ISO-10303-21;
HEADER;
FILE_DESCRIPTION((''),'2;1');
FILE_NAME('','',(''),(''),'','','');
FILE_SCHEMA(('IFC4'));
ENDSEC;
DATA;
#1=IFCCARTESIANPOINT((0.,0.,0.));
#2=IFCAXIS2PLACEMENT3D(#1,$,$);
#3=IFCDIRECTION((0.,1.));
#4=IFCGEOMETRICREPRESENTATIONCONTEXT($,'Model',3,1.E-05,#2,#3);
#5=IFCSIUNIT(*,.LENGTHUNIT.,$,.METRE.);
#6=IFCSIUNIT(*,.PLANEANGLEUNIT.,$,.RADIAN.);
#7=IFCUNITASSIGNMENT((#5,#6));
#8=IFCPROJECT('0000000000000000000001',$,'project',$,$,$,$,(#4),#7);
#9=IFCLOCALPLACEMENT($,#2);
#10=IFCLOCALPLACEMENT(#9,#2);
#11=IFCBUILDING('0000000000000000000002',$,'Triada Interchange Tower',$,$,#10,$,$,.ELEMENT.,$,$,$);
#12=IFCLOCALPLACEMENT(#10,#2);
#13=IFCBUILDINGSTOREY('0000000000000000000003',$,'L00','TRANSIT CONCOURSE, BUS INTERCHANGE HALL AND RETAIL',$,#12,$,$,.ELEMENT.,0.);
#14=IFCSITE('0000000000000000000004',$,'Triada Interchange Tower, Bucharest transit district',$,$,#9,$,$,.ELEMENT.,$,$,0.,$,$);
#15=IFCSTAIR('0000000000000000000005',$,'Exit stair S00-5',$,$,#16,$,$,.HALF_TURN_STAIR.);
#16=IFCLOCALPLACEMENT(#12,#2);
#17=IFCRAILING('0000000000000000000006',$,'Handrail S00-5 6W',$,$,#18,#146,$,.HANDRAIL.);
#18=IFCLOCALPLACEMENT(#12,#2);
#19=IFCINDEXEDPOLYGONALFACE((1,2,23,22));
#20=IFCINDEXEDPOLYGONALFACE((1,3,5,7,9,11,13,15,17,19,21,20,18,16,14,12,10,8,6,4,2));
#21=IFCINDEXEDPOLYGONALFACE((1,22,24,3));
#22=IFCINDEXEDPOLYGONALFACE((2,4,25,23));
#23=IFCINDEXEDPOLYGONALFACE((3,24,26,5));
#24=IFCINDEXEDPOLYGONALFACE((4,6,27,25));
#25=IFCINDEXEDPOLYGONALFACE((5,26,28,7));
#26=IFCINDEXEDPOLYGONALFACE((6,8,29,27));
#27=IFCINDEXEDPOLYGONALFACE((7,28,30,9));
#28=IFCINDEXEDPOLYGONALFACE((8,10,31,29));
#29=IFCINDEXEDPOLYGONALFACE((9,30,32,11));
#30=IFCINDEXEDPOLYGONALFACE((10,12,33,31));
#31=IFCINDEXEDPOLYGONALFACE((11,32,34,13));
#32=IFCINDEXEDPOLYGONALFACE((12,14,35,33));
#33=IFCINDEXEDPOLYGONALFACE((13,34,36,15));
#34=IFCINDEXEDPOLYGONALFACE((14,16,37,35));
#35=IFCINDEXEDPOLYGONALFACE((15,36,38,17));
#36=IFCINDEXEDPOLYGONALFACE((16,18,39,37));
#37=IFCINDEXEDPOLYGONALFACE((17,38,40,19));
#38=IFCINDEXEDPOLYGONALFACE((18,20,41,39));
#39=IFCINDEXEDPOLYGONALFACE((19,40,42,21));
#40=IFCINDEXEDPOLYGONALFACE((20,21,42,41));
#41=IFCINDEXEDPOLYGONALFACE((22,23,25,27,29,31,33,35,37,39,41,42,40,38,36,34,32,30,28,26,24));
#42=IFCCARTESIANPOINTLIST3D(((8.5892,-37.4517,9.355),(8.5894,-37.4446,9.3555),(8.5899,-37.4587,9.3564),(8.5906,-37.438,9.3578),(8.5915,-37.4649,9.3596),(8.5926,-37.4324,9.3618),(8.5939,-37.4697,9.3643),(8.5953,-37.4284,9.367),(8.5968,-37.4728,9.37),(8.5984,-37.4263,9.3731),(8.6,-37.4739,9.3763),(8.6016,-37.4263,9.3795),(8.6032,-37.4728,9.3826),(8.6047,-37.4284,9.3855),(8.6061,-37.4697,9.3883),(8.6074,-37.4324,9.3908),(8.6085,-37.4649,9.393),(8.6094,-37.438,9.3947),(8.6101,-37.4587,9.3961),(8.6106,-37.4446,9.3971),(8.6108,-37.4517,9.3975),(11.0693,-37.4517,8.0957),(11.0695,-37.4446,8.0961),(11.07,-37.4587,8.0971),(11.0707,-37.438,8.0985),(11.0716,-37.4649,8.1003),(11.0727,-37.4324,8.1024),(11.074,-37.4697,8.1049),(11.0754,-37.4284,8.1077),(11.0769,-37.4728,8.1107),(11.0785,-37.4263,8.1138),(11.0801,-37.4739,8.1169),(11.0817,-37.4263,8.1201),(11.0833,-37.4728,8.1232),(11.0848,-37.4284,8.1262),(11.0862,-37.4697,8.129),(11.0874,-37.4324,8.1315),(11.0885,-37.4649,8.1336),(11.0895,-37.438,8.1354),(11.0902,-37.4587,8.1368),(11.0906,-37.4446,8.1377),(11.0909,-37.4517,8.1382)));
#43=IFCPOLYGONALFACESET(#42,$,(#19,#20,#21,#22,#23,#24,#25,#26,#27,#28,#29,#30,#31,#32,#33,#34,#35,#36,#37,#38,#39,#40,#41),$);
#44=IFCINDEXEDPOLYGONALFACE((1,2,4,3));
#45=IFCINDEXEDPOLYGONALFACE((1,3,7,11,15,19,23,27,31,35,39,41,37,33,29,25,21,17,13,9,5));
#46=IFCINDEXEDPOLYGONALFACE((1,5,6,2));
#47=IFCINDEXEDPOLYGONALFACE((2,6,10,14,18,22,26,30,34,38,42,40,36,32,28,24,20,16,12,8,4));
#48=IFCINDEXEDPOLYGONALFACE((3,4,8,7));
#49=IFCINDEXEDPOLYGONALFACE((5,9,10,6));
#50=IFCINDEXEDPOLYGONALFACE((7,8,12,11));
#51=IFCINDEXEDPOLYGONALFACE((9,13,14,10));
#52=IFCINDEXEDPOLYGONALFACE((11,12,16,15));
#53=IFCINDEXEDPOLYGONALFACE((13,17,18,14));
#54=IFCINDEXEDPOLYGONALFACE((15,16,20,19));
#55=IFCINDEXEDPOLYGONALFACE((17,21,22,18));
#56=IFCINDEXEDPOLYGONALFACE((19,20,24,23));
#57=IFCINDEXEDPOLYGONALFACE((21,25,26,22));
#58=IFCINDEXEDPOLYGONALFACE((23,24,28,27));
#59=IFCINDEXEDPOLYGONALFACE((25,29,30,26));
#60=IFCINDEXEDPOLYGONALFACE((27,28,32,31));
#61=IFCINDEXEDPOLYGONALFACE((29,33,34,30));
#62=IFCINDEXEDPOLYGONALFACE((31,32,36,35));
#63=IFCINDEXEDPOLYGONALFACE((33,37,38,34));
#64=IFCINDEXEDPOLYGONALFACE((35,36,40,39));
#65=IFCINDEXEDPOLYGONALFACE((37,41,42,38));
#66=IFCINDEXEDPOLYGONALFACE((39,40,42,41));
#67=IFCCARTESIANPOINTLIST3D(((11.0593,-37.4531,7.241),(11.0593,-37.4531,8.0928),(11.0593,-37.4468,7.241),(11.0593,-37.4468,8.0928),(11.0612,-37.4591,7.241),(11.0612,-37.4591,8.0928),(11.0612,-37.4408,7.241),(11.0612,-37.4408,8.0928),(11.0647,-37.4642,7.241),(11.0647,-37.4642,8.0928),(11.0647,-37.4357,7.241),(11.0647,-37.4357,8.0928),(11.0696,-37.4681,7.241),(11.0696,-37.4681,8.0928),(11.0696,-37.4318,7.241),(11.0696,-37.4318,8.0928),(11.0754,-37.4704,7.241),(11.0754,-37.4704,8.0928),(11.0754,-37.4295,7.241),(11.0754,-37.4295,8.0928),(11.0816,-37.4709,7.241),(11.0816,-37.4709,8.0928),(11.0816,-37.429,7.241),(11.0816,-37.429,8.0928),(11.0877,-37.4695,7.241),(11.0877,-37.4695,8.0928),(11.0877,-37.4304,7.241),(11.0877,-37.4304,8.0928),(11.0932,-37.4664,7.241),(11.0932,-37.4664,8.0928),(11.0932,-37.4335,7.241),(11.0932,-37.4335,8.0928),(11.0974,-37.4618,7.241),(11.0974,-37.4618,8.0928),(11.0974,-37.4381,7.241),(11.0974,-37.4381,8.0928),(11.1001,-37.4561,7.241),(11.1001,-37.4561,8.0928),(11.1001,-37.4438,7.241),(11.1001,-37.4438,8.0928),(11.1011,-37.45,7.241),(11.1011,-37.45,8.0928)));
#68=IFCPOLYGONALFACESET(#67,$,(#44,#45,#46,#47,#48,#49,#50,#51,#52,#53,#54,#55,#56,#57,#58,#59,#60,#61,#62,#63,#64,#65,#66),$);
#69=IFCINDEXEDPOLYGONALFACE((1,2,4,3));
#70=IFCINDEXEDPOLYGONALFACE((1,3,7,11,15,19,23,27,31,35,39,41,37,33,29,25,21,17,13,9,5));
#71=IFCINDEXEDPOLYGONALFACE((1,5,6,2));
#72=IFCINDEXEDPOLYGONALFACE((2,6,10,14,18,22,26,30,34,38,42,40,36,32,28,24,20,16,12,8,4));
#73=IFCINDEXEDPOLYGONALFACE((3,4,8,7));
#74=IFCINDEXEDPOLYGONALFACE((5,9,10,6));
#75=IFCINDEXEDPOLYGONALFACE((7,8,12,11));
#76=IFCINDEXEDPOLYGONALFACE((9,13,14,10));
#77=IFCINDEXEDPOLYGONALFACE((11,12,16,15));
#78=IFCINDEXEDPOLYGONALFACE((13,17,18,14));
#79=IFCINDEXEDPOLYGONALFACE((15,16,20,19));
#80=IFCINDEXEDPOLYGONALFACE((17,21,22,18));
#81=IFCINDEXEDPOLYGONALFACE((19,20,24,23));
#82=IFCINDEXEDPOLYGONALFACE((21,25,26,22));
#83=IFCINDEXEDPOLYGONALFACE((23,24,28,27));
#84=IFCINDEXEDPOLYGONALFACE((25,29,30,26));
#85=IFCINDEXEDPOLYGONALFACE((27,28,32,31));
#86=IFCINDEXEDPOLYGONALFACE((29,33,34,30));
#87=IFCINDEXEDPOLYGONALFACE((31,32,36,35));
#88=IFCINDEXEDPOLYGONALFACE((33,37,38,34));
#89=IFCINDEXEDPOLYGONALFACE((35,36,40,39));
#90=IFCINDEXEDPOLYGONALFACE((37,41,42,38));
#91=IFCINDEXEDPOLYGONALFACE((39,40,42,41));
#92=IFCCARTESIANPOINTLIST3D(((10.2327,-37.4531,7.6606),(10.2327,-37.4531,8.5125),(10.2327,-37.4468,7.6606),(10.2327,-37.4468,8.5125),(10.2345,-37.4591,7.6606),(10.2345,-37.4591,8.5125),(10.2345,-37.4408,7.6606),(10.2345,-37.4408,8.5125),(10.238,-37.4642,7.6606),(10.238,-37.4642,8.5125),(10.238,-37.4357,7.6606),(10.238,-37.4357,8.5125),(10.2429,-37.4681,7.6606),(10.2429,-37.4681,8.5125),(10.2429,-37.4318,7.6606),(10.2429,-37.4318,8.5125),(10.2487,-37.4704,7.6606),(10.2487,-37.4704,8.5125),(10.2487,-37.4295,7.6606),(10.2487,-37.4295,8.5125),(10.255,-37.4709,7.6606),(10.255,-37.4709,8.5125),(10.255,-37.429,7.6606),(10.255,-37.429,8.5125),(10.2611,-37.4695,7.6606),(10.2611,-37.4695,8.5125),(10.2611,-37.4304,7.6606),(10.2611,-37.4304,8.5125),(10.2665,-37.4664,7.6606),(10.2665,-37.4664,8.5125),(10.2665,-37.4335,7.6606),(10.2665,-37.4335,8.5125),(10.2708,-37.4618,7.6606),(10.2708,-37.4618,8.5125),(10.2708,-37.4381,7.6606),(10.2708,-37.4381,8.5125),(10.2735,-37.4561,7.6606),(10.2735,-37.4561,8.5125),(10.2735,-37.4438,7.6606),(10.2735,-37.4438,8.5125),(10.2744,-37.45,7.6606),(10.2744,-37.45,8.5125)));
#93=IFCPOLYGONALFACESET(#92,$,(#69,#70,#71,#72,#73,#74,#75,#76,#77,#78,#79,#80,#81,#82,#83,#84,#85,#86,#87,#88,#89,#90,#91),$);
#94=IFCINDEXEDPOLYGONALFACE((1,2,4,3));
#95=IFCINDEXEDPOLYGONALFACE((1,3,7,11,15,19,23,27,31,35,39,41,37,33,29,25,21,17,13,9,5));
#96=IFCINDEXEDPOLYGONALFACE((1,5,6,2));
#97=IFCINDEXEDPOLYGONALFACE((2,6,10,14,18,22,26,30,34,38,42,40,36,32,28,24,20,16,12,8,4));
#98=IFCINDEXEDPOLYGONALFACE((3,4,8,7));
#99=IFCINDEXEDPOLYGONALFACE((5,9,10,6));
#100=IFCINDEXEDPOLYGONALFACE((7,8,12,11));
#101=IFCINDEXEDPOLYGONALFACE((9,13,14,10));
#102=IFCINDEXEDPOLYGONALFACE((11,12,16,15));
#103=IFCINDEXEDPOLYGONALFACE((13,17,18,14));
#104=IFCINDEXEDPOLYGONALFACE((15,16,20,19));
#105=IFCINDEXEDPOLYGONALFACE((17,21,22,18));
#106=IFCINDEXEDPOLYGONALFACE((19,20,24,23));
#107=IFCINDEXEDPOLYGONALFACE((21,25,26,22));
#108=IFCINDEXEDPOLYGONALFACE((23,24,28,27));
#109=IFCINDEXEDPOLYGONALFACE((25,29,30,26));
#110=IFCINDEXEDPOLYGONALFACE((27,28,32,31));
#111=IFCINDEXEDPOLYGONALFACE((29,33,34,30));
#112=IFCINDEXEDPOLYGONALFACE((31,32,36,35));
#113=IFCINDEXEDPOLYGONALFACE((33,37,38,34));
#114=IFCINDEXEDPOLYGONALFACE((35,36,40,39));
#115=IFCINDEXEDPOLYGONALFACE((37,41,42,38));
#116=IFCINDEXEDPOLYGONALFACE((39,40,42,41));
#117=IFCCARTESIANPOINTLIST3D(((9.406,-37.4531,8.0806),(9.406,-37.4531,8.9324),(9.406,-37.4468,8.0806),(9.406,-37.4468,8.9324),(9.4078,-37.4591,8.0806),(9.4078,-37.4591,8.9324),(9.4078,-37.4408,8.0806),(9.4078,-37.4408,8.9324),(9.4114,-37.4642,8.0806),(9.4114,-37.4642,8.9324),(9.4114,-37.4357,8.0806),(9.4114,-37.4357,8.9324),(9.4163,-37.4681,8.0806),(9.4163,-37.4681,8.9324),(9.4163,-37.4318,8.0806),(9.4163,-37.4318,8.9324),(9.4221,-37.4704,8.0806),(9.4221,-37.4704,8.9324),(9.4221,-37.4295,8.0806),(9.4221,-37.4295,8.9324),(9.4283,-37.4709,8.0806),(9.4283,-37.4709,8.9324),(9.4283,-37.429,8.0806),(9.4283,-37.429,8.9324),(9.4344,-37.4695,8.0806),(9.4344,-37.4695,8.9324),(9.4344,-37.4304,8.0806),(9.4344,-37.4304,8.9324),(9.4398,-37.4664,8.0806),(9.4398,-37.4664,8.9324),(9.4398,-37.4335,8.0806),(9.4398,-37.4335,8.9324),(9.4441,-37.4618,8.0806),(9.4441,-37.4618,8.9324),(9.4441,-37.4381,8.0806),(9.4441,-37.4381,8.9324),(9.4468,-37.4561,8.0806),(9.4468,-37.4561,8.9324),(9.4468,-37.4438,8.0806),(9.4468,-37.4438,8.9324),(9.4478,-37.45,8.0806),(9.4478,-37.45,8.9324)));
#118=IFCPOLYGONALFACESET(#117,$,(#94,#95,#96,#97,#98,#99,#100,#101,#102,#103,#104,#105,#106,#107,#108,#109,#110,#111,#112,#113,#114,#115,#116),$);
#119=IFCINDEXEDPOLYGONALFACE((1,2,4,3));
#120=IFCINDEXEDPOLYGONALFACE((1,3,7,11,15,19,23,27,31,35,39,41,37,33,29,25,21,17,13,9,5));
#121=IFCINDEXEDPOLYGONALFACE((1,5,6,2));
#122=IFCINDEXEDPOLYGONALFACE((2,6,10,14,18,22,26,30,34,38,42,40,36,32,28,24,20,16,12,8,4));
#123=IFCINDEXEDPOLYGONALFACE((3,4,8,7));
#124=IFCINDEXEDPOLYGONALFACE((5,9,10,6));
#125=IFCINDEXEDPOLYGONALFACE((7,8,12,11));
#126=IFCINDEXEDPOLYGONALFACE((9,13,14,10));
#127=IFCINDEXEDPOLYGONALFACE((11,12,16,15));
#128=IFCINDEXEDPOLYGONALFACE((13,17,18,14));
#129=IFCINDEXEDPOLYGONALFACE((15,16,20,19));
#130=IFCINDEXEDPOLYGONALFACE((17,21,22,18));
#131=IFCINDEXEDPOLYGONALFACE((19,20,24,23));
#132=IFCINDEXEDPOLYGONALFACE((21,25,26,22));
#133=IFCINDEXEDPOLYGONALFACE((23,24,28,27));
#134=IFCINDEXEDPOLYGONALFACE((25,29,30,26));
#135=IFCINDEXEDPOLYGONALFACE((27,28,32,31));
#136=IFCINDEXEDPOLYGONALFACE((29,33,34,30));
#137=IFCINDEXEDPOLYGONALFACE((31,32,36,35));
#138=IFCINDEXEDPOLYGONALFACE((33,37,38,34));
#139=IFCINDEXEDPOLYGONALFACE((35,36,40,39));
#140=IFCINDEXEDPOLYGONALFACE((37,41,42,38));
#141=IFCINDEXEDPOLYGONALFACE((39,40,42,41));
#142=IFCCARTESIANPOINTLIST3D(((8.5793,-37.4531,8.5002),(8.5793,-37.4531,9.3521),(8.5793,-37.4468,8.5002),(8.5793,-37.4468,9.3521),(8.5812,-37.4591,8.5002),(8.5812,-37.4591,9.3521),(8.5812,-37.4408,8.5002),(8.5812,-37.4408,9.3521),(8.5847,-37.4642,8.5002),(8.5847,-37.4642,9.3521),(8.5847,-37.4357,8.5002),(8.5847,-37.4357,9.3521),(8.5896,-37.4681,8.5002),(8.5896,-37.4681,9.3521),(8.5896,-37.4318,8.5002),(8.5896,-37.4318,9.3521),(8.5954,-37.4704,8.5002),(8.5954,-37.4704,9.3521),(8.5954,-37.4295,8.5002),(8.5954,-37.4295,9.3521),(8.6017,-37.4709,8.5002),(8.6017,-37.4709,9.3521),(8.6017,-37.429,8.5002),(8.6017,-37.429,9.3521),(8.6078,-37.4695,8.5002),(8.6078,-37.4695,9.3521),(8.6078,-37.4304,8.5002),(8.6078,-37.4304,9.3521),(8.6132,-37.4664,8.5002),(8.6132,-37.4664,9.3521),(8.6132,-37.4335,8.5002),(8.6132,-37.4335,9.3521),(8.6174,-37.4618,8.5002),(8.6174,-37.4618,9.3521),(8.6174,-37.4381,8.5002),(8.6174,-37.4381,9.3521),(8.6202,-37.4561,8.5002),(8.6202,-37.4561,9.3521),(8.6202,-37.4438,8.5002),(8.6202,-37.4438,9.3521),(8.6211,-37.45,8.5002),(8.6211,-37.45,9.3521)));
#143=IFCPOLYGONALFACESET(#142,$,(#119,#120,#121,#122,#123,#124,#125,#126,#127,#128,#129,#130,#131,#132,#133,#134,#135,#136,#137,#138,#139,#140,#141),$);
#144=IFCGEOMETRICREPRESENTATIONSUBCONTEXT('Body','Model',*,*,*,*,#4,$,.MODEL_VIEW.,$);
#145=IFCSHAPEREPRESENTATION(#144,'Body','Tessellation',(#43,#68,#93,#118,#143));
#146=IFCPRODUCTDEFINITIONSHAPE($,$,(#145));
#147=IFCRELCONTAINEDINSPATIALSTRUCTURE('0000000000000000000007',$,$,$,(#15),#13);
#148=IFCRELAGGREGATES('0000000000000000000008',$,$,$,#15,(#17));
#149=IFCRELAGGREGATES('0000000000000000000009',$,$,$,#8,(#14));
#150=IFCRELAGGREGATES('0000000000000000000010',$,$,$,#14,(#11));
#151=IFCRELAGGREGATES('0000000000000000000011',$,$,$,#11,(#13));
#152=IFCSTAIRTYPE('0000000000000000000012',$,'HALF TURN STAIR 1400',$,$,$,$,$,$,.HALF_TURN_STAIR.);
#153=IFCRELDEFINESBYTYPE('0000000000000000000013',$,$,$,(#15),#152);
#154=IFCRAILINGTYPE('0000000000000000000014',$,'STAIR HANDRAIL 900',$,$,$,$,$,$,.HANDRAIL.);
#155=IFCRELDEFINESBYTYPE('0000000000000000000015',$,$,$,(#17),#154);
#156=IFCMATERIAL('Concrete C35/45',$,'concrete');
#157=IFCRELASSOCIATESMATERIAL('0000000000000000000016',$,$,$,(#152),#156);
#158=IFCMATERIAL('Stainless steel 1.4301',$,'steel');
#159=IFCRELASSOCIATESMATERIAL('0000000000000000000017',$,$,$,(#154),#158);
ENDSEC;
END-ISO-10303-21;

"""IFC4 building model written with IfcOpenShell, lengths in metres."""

from ifc_helpers import new_model, si_unit, direction, frame, origin, origin_2d, place, context, subcontext, project, spatial, circle, extrude, material, type_object, element, aggregate, save


model = new_model("IFC4")

# Units and contexts
model_context = context("Model", 3, precision=1e-05, world=origin(), true_north=direction((0.0, 1.0)))
body_context = subcontext(model_context, "Body", "Model", "MODEL_VIEW")
ifc_project = project(units=[si_unit("LENGTHUNIT", "METRE"), si_unit("PLANEANGLEUNIT", "RADIAN")], contexts=[model_context])

# Site, building, storey
site_placement = place(None, origin())
site = spatial("IfcSite", under=ifc_project, at=site_placement, Name="Triada Interchange Tower, Bucharest transit district", CompositionType="ELEMENT", RefElevation=0.0)
building_placement = place(site_placement, origin())
building = spatial("IfcBuilding", under=site, at=building_placement, Name="Triada Interchange Tower", CompositionType="ELEMENT")
storey_placement = place(building_placement, origin())
storey = spatial("IfcBuildingStorey", under=building, at=storey_placement, Name="L00", Description="TRANSIT CONCOURSE, BUS INTERCHANGE HALL AND RETAIL", CompositionType="ELEMENT", Elevation=0.0)

# Shared definitions
ifc_material_1 = material(Name="Concrete C35/45", Category="concrete")

# Stair, railing
stair_type = type_object("IfcStairType", Name="HALF TURN STAIR 1400", PredefinedType="HALF_TURN_STAIR", material=ifc_material_1)
stair_1_placement = place(storey_placement, origin())
stair_1 = element("IfcStair", 1, at=stair_1_placement, inside=storey, type_object=stair_type, Name="Exit stair S00-5", PredefinedType="HALF_TURN_STAIR")
ifc_material_2 = material(Name="Stainless steel 1.4301", Category="steel")
railing_type_1 = type_object("IfcRailingType", Name="STAIR HANDRAIL 900", PredefinedType="HANDRAIL", material=ifc_material_2)
railing_1_placement = place(storey_placement, frame((11.0801, -37.45, 7.241)))
railing_1 = element("IfcRailing", 2, at=railing_1_placement, type_object=railing_type_1, Name="Handrail S00-5 6W", PredefinedType="HANDRAIL", context=body_context, shape_type="SweptSolid", body=[
    extrude(circle(Radius=0.0239, at=origin_2d()), frame((0.0, 0.0, 0.876), z_axis=(-0.891636, 0.0, 0.452752), x_axis=(0.0, -1.0, 0.0)), (0.0, 0.0, 1.0), 2.7815),
    extrude(circle(Radius=0.021, at=origin_2d()), origin(), (0.0, 0.0, 1.0), 0.8518),
    extrude(circle(Radius=0.021, at=origin_2d()), frame((-0.8267, 0.0, 0.4197)), (0.0, 0.0, 1.0), 0.8518),
    extrude(circle(Radius=0.021, at=origin_2d()), frame((-1.6533, 0.0, 0.8396)), (0.0, 0.0, 1.0), 0.8518),
    extrude(circle(Radius=0.021, at=origin_2d()), frame((-2.48, 0.0, 1.2593)), (0.0, 0.0, 1.0), 0.8518),
])
aggregate(stair_1, [railing_1])

save(model, "model.ifc")
